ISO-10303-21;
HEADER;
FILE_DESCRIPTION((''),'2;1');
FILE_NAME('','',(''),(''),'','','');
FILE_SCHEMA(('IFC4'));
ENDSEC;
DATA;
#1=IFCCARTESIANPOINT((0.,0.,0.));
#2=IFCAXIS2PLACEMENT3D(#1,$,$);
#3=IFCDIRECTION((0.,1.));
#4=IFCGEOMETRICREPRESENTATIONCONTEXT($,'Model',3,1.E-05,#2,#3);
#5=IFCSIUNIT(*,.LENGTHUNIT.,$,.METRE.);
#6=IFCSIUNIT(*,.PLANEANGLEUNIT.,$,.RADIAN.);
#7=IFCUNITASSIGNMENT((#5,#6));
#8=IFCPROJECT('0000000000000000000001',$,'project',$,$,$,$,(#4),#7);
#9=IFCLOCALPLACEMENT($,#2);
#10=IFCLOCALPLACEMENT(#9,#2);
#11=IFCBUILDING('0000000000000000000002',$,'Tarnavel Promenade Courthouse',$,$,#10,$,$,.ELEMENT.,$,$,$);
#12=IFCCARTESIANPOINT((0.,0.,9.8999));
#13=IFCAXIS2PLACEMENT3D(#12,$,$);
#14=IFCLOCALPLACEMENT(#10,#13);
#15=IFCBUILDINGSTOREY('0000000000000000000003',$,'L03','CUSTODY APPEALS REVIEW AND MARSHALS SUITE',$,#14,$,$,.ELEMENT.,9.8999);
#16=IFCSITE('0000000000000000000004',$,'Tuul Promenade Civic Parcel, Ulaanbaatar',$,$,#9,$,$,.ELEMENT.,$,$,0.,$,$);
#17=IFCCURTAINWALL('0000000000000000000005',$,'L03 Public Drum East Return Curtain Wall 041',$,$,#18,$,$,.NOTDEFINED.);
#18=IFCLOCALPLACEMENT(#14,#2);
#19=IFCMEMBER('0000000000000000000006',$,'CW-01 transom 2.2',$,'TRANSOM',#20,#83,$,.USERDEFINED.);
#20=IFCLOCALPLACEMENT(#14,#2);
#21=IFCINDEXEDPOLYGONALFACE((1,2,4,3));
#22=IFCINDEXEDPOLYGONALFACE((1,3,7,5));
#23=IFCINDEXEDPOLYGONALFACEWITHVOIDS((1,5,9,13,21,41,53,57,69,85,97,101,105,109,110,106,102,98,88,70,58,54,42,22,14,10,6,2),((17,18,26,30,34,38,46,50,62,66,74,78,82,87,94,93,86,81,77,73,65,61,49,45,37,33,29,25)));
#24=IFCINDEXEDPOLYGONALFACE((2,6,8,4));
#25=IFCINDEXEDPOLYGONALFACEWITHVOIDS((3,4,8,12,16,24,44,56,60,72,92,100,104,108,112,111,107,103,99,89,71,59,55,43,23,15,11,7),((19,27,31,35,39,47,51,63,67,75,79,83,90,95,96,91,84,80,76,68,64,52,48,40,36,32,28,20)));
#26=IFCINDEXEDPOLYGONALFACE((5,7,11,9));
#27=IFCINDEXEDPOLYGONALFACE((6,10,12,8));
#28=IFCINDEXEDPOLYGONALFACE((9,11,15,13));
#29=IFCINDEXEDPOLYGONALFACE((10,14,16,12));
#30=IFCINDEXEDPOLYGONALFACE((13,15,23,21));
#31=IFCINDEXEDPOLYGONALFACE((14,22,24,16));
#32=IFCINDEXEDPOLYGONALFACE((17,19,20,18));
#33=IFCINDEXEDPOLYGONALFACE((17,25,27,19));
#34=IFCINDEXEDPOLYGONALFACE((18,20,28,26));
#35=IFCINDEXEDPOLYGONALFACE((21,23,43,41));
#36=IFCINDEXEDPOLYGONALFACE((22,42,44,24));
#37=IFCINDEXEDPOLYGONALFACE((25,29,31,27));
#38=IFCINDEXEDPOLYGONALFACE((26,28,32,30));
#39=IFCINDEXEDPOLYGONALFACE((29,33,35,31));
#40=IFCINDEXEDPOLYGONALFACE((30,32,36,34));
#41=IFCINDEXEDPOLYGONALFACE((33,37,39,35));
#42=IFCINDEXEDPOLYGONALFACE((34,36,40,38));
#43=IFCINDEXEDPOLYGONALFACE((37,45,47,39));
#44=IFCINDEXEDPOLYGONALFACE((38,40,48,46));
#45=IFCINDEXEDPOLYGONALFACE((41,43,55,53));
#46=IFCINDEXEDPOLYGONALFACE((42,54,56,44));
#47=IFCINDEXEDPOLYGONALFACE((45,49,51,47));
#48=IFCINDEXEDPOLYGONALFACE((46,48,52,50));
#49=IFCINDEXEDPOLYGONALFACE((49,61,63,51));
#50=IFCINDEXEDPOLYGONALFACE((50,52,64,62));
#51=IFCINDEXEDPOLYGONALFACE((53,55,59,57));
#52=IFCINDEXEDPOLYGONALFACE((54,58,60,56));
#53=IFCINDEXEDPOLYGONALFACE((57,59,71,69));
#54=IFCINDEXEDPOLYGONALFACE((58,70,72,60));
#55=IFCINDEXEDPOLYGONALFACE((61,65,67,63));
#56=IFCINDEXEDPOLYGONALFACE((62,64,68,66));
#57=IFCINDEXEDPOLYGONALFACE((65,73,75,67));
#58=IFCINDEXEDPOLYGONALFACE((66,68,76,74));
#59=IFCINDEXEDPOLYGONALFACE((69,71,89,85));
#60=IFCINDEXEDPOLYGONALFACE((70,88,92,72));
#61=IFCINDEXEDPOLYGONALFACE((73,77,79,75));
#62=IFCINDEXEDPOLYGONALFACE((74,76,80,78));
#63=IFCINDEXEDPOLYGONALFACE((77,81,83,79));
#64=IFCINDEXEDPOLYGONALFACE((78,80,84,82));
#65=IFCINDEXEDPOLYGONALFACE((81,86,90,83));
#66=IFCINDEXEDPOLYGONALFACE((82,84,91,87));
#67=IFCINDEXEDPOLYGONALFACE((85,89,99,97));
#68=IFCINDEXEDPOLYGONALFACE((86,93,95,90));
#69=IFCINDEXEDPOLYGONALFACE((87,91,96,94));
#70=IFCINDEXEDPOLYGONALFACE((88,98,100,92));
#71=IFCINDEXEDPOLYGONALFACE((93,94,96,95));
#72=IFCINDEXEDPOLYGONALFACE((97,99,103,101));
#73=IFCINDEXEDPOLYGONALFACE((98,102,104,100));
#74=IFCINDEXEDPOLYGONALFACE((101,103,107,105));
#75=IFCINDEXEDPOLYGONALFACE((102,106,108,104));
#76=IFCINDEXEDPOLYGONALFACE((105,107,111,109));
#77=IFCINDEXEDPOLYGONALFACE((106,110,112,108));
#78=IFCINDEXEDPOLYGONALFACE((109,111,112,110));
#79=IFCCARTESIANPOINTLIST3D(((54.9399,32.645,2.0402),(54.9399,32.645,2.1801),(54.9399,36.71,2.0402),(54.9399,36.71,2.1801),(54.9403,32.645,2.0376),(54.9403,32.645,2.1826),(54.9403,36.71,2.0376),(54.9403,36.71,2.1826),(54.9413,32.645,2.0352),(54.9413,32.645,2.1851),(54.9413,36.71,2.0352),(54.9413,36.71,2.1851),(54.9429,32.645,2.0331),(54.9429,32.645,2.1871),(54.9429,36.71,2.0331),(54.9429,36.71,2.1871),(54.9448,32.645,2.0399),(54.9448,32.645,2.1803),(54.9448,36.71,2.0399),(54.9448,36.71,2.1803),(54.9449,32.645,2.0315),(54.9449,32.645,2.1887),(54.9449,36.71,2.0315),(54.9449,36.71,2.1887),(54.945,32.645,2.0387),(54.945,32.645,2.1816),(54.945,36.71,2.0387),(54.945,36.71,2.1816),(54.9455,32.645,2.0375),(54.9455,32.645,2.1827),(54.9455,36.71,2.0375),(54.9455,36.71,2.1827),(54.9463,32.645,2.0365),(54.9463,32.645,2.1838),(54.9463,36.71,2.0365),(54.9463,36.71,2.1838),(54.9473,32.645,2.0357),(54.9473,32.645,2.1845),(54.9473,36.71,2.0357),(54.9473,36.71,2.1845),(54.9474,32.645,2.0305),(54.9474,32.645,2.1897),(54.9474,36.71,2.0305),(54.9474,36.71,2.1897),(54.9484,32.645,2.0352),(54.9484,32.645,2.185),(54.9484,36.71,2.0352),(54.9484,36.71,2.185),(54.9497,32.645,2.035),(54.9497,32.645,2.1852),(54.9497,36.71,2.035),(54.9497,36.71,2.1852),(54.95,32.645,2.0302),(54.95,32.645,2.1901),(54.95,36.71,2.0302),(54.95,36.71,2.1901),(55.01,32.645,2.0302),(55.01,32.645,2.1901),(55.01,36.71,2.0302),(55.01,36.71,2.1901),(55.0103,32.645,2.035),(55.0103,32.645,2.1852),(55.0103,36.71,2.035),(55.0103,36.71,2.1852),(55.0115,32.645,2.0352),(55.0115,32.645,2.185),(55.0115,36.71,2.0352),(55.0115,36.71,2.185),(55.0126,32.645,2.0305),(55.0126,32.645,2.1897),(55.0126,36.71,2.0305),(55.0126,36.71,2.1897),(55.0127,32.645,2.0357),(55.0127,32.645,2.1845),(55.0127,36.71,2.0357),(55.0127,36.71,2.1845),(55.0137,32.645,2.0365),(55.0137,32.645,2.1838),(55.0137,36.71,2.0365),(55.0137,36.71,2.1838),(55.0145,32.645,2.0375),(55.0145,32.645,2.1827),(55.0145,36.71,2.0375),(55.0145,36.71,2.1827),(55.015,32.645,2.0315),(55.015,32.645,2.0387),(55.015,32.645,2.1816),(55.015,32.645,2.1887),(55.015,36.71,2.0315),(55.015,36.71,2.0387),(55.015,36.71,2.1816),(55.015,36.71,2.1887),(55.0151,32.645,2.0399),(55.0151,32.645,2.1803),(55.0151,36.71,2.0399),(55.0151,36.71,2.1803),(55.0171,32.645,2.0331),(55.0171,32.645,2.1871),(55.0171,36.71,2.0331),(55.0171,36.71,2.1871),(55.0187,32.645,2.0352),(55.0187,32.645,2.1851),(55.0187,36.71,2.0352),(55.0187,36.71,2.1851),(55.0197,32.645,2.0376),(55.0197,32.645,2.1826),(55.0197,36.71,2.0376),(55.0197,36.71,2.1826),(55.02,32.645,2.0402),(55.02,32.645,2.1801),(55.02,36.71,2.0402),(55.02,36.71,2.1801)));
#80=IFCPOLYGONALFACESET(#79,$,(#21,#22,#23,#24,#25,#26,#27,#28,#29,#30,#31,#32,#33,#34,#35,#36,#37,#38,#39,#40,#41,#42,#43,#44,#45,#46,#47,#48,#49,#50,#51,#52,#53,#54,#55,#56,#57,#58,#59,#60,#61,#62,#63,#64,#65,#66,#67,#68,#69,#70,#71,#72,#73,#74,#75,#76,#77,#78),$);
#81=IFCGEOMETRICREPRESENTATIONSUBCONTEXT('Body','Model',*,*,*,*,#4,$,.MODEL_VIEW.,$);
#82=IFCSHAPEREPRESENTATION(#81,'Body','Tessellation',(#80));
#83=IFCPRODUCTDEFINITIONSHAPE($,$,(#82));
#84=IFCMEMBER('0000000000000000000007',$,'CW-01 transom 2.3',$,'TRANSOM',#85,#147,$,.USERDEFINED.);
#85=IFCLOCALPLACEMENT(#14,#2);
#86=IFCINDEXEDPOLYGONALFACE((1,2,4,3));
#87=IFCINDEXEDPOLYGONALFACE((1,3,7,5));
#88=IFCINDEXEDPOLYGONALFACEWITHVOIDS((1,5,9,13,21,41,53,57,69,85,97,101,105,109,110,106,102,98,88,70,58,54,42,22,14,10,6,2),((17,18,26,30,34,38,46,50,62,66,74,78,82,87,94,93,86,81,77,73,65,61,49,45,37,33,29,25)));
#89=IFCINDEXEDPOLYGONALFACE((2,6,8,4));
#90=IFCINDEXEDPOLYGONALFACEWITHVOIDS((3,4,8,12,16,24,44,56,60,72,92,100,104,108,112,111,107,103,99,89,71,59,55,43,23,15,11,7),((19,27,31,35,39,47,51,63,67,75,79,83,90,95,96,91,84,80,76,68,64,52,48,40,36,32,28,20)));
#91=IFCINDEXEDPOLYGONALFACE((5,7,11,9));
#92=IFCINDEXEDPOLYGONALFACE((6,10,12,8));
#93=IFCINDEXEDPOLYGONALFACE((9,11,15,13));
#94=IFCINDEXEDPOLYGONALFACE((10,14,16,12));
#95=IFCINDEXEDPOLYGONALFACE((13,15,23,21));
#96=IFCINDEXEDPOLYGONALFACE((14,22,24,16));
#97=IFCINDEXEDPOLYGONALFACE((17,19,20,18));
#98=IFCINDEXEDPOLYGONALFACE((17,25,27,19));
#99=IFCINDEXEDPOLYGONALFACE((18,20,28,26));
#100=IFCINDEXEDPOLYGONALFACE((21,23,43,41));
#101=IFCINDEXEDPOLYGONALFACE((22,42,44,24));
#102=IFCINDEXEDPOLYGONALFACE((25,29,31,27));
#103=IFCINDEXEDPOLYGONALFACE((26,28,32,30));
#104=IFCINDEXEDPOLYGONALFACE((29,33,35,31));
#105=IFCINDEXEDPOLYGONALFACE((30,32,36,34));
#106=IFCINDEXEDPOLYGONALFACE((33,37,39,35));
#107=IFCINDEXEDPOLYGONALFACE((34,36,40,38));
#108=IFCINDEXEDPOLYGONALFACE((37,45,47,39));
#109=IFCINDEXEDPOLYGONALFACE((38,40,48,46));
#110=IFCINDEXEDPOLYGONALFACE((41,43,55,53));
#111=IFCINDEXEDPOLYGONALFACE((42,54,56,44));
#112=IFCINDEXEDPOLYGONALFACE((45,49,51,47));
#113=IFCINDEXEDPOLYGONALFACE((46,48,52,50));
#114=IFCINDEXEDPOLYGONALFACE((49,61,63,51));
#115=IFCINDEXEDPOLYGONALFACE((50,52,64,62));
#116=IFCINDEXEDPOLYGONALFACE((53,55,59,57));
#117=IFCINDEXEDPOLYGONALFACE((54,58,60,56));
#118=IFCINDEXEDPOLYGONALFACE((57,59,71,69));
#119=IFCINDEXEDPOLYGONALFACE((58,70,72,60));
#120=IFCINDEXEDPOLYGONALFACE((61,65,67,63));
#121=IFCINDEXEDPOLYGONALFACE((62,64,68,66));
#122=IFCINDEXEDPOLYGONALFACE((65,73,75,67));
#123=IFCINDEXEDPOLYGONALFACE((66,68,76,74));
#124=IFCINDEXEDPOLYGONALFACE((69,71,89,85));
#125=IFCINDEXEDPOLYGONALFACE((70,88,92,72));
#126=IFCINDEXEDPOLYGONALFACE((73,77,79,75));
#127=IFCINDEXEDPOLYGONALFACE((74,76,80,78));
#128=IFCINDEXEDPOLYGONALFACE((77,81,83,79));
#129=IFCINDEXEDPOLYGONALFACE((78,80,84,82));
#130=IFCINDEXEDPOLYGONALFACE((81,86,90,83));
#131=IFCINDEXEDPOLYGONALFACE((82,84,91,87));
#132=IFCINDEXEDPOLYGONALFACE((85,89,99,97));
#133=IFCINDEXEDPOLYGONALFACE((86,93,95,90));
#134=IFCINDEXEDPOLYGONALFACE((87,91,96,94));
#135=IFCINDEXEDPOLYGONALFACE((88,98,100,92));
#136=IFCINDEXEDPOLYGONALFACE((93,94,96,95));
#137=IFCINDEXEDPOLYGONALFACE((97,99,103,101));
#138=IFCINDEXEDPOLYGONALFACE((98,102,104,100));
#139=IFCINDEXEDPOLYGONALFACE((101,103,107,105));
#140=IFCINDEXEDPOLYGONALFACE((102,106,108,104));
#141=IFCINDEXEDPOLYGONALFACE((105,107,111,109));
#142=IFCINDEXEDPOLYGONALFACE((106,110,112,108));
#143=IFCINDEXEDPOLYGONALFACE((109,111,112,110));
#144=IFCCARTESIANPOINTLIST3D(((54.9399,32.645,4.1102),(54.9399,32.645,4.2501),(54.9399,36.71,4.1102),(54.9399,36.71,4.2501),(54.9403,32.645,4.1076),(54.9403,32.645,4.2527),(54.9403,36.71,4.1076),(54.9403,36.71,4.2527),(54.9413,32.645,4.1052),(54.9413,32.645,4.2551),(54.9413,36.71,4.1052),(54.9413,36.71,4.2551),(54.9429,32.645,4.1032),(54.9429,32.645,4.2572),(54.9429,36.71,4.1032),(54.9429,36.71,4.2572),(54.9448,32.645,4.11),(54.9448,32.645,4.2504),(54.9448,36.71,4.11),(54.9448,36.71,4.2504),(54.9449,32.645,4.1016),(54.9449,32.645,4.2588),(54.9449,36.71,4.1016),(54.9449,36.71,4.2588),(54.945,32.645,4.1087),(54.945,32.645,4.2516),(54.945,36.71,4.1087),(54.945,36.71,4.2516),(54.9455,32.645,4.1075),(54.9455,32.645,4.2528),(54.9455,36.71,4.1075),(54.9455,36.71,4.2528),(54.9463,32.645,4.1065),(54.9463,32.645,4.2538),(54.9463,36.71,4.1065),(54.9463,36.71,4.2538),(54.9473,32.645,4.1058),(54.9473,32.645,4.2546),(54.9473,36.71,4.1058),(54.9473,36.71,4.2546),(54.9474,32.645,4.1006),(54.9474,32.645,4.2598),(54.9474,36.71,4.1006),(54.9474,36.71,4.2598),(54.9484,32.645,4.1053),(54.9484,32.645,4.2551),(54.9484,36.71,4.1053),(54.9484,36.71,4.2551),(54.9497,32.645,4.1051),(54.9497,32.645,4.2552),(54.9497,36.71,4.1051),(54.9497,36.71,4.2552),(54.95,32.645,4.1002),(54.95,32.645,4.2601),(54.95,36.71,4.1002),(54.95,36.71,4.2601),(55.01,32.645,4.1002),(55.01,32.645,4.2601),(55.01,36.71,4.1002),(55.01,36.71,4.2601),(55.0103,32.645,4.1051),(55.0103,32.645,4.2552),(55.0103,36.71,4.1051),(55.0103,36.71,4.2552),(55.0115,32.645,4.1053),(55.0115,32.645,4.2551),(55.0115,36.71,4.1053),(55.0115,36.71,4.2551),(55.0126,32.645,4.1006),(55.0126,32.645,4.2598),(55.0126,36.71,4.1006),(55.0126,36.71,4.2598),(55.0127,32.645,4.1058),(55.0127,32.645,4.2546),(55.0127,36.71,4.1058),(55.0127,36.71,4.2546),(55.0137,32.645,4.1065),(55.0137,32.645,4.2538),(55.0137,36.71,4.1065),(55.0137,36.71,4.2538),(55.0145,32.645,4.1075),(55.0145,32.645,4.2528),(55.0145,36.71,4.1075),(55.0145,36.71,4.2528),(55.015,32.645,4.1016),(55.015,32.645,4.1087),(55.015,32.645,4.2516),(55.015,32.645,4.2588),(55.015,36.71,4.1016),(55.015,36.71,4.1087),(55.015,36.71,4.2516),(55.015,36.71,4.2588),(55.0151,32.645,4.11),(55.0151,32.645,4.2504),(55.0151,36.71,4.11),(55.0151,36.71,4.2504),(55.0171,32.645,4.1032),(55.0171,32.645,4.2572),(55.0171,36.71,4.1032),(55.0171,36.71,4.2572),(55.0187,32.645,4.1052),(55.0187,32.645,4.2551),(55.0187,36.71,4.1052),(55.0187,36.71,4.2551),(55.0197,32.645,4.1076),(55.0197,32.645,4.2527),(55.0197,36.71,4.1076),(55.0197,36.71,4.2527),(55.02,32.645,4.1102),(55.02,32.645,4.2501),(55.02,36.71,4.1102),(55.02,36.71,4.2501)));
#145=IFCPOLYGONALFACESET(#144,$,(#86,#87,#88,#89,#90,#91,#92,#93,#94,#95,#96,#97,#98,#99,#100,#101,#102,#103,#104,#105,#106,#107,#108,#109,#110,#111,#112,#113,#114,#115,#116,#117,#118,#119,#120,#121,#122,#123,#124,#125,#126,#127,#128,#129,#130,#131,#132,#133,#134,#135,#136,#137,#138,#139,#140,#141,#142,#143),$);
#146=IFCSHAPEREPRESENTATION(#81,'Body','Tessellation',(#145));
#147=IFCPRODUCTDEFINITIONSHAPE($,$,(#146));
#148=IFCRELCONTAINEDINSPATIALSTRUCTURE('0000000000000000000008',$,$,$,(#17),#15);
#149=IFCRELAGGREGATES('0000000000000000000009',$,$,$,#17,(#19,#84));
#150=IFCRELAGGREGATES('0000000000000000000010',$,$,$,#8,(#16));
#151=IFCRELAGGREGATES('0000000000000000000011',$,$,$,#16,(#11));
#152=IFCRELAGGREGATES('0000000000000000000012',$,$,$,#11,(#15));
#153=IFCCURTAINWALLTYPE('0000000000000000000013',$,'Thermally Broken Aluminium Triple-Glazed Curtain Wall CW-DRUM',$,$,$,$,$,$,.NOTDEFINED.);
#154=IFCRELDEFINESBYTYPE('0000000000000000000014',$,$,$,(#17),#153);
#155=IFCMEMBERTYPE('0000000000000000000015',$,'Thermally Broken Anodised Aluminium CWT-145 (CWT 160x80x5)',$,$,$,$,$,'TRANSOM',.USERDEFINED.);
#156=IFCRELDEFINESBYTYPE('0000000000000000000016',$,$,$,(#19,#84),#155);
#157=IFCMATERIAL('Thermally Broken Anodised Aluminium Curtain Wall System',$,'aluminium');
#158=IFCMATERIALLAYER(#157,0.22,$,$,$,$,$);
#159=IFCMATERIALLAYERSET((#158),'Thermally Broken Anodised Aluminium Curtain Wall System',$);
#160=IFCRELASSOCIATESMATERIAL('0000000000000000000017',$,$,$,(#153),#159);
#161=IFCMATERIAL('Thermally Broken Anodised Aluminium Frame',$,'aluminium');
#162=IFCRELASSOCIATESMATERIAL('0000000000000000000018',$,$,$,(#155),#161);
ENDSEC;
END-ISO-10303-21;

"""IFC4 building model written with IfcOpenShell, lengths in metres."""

from ifc_helpers import new_model, si_unit, direction, frame, origin, origin_2d, place, context, subcontext, project, spatial, hollow_rectangle, extrude, material, layer, layer_set, material_profile, profile_set, type_object, element, aggregate, save


model = new_model("IFC4")

# Units and contexts
model_context = context("Model", 3, precision=1e-05, world=origin(), true_north=direction((0.0, 1.0)))
body_context = subcontext(model_context, "Body", "Model", "MODEL_VIEW")
ifc_project = project(units=[si_unit("LENGTHUNIT", "METRE"), si_unit("PLANEANGLEUNIT", "RADIAN")], contexts=[model_context])

# Site, building, storey
site_placement = place(None, origin())
site = spatial("IfcSite", under=ifc_project, at=site_placement, Name="Tuul Promenade Civic Parcel, Ulaanbaatar", CompositionType="ELEMENT", RefElevation=0.0)
building_placement = place(site_placement, origin())
building = spatial("IfcBuilding", under=site, at=building_placement, Name="Tarnavel Promenade Courthouse", CompositionType="ELEMENT")
storey_placement = place(building_placement, frame((0.0, 0.0, 9.8999)))
storey = spatial("IfcBuildingStorey", under=building, at=storey_placement, Name="L03", Description="CUSTODY APPEALS REVIEW AND MARSHALS SUITE", CompositionType="ELEMENT", Elevation=9.8999)

# Shared definitions
ifc_material_1 = material(Name="Thermally Broken Anodised Aluminium Curtain Wall System", Category="aluminium")
ifc_layer_1 = layer(ifc_material_1, 0.22)
ifc_layer_set_1 = layer_set([ifc_layer_1], Name="Thermally Broken Anodised Aluminium Curtain Wall System")
curtain_wall_type_1 = type_object("IfcCurtainWallType", Name="Thermally Broken Aluminium Triple-Glazed Curtain Wall CW-DRUM", PredefinedType="NOTDEFINED", material=ifc_layer_set_1)
ifc_material_2 = material(Name="Thermally Broken Anodised Aluminium Frame", Category="aluminium")

# Curtain wall, members
curtain_wall_1_placement = place(storey_placement, origin())
curtain_wall_1 = element("IfcCurtainWall", 1, at=curtain_wall_1_placement, inside=storey, type_object=curtain_wall_type_1, Name="L03 Public Drum East Return Curtain Wall 041", PredefinedType="NOTDEFINED")
ifc_material_profile_1 = material_profile(ifc_material_2, hollow_rectangle(XDim=0.0801, YDim=0.1599, WallThickness=0.0049, InnerFilletRadius=0.0049, OuterFilletRadius=0.01, at=origin_2d()), Name="CWT 160x80x5")
ifc_profile_set_1 = profile_set([ifc_material_profile_1], Name="Thermally Broken Anodised Aluminium Frame")
member_type_1 = type_object("IfcMemberType", Name="Thermally Broken Anodised Aluminium CWT-145 (CWT 160x80x5)", ElementType="TRANSOM", PredefinedType="USERDEFINED", material=ifc_profile_set_1)
member_1_placement = place(storey_placement, frame((54.98, 32.645, 2.1101), z_axis=(0.0, 1.0, 0.0), x_axis=(-1.0, 0.0, 0.0)))
member_1 = element("IfcMember", 2, at=member_1_placement, type_object=member_type_1, Name="CW-01 transom 2.2", ObjectType="TRANSOM", PredefinedType="USERDEFINED", context=body_context, shape_type="SweptSolid", body=[
    extrude(hollow_rectangle(XDim=0.0801, YDim=0.1599, WallThickness=0.0049, InnerFilletRadius=0.0049, OuterFilletRadius=0.01, at=origin_2d()), origin(), (0.0, 0.0, 1.0), 4.0649),
])
member_2_placement = place(storey_placement, frame((54.98, 32.645, 4.1802), z_axis=(0.0, 1.0, 0.0), x_axis=(-1.0, 0.0, 0.0)))
member_2 = element("IfcMember", 3, at=member_2_placement, type_object=member_type_1, Name="CW-01 transom 2.3", ObjectType="TRANSOM", PredefinedType="USERDEFINED", context=body_context, shape_type="SweptSolid", body=[
    extrude(hollow_rectangle(XDim=0.0801, YDim=0.1599, WallThickness=0.0049, InnerFilletRadius=0.0049, OuterFilletRadius=0.01, at=origin_2d()), origin(), (0.0, 0.0, 1.0), 4.0649),
])

aggregate(curtain_wall_1, [member_1, member_2])

save(model, "model.ifc")
